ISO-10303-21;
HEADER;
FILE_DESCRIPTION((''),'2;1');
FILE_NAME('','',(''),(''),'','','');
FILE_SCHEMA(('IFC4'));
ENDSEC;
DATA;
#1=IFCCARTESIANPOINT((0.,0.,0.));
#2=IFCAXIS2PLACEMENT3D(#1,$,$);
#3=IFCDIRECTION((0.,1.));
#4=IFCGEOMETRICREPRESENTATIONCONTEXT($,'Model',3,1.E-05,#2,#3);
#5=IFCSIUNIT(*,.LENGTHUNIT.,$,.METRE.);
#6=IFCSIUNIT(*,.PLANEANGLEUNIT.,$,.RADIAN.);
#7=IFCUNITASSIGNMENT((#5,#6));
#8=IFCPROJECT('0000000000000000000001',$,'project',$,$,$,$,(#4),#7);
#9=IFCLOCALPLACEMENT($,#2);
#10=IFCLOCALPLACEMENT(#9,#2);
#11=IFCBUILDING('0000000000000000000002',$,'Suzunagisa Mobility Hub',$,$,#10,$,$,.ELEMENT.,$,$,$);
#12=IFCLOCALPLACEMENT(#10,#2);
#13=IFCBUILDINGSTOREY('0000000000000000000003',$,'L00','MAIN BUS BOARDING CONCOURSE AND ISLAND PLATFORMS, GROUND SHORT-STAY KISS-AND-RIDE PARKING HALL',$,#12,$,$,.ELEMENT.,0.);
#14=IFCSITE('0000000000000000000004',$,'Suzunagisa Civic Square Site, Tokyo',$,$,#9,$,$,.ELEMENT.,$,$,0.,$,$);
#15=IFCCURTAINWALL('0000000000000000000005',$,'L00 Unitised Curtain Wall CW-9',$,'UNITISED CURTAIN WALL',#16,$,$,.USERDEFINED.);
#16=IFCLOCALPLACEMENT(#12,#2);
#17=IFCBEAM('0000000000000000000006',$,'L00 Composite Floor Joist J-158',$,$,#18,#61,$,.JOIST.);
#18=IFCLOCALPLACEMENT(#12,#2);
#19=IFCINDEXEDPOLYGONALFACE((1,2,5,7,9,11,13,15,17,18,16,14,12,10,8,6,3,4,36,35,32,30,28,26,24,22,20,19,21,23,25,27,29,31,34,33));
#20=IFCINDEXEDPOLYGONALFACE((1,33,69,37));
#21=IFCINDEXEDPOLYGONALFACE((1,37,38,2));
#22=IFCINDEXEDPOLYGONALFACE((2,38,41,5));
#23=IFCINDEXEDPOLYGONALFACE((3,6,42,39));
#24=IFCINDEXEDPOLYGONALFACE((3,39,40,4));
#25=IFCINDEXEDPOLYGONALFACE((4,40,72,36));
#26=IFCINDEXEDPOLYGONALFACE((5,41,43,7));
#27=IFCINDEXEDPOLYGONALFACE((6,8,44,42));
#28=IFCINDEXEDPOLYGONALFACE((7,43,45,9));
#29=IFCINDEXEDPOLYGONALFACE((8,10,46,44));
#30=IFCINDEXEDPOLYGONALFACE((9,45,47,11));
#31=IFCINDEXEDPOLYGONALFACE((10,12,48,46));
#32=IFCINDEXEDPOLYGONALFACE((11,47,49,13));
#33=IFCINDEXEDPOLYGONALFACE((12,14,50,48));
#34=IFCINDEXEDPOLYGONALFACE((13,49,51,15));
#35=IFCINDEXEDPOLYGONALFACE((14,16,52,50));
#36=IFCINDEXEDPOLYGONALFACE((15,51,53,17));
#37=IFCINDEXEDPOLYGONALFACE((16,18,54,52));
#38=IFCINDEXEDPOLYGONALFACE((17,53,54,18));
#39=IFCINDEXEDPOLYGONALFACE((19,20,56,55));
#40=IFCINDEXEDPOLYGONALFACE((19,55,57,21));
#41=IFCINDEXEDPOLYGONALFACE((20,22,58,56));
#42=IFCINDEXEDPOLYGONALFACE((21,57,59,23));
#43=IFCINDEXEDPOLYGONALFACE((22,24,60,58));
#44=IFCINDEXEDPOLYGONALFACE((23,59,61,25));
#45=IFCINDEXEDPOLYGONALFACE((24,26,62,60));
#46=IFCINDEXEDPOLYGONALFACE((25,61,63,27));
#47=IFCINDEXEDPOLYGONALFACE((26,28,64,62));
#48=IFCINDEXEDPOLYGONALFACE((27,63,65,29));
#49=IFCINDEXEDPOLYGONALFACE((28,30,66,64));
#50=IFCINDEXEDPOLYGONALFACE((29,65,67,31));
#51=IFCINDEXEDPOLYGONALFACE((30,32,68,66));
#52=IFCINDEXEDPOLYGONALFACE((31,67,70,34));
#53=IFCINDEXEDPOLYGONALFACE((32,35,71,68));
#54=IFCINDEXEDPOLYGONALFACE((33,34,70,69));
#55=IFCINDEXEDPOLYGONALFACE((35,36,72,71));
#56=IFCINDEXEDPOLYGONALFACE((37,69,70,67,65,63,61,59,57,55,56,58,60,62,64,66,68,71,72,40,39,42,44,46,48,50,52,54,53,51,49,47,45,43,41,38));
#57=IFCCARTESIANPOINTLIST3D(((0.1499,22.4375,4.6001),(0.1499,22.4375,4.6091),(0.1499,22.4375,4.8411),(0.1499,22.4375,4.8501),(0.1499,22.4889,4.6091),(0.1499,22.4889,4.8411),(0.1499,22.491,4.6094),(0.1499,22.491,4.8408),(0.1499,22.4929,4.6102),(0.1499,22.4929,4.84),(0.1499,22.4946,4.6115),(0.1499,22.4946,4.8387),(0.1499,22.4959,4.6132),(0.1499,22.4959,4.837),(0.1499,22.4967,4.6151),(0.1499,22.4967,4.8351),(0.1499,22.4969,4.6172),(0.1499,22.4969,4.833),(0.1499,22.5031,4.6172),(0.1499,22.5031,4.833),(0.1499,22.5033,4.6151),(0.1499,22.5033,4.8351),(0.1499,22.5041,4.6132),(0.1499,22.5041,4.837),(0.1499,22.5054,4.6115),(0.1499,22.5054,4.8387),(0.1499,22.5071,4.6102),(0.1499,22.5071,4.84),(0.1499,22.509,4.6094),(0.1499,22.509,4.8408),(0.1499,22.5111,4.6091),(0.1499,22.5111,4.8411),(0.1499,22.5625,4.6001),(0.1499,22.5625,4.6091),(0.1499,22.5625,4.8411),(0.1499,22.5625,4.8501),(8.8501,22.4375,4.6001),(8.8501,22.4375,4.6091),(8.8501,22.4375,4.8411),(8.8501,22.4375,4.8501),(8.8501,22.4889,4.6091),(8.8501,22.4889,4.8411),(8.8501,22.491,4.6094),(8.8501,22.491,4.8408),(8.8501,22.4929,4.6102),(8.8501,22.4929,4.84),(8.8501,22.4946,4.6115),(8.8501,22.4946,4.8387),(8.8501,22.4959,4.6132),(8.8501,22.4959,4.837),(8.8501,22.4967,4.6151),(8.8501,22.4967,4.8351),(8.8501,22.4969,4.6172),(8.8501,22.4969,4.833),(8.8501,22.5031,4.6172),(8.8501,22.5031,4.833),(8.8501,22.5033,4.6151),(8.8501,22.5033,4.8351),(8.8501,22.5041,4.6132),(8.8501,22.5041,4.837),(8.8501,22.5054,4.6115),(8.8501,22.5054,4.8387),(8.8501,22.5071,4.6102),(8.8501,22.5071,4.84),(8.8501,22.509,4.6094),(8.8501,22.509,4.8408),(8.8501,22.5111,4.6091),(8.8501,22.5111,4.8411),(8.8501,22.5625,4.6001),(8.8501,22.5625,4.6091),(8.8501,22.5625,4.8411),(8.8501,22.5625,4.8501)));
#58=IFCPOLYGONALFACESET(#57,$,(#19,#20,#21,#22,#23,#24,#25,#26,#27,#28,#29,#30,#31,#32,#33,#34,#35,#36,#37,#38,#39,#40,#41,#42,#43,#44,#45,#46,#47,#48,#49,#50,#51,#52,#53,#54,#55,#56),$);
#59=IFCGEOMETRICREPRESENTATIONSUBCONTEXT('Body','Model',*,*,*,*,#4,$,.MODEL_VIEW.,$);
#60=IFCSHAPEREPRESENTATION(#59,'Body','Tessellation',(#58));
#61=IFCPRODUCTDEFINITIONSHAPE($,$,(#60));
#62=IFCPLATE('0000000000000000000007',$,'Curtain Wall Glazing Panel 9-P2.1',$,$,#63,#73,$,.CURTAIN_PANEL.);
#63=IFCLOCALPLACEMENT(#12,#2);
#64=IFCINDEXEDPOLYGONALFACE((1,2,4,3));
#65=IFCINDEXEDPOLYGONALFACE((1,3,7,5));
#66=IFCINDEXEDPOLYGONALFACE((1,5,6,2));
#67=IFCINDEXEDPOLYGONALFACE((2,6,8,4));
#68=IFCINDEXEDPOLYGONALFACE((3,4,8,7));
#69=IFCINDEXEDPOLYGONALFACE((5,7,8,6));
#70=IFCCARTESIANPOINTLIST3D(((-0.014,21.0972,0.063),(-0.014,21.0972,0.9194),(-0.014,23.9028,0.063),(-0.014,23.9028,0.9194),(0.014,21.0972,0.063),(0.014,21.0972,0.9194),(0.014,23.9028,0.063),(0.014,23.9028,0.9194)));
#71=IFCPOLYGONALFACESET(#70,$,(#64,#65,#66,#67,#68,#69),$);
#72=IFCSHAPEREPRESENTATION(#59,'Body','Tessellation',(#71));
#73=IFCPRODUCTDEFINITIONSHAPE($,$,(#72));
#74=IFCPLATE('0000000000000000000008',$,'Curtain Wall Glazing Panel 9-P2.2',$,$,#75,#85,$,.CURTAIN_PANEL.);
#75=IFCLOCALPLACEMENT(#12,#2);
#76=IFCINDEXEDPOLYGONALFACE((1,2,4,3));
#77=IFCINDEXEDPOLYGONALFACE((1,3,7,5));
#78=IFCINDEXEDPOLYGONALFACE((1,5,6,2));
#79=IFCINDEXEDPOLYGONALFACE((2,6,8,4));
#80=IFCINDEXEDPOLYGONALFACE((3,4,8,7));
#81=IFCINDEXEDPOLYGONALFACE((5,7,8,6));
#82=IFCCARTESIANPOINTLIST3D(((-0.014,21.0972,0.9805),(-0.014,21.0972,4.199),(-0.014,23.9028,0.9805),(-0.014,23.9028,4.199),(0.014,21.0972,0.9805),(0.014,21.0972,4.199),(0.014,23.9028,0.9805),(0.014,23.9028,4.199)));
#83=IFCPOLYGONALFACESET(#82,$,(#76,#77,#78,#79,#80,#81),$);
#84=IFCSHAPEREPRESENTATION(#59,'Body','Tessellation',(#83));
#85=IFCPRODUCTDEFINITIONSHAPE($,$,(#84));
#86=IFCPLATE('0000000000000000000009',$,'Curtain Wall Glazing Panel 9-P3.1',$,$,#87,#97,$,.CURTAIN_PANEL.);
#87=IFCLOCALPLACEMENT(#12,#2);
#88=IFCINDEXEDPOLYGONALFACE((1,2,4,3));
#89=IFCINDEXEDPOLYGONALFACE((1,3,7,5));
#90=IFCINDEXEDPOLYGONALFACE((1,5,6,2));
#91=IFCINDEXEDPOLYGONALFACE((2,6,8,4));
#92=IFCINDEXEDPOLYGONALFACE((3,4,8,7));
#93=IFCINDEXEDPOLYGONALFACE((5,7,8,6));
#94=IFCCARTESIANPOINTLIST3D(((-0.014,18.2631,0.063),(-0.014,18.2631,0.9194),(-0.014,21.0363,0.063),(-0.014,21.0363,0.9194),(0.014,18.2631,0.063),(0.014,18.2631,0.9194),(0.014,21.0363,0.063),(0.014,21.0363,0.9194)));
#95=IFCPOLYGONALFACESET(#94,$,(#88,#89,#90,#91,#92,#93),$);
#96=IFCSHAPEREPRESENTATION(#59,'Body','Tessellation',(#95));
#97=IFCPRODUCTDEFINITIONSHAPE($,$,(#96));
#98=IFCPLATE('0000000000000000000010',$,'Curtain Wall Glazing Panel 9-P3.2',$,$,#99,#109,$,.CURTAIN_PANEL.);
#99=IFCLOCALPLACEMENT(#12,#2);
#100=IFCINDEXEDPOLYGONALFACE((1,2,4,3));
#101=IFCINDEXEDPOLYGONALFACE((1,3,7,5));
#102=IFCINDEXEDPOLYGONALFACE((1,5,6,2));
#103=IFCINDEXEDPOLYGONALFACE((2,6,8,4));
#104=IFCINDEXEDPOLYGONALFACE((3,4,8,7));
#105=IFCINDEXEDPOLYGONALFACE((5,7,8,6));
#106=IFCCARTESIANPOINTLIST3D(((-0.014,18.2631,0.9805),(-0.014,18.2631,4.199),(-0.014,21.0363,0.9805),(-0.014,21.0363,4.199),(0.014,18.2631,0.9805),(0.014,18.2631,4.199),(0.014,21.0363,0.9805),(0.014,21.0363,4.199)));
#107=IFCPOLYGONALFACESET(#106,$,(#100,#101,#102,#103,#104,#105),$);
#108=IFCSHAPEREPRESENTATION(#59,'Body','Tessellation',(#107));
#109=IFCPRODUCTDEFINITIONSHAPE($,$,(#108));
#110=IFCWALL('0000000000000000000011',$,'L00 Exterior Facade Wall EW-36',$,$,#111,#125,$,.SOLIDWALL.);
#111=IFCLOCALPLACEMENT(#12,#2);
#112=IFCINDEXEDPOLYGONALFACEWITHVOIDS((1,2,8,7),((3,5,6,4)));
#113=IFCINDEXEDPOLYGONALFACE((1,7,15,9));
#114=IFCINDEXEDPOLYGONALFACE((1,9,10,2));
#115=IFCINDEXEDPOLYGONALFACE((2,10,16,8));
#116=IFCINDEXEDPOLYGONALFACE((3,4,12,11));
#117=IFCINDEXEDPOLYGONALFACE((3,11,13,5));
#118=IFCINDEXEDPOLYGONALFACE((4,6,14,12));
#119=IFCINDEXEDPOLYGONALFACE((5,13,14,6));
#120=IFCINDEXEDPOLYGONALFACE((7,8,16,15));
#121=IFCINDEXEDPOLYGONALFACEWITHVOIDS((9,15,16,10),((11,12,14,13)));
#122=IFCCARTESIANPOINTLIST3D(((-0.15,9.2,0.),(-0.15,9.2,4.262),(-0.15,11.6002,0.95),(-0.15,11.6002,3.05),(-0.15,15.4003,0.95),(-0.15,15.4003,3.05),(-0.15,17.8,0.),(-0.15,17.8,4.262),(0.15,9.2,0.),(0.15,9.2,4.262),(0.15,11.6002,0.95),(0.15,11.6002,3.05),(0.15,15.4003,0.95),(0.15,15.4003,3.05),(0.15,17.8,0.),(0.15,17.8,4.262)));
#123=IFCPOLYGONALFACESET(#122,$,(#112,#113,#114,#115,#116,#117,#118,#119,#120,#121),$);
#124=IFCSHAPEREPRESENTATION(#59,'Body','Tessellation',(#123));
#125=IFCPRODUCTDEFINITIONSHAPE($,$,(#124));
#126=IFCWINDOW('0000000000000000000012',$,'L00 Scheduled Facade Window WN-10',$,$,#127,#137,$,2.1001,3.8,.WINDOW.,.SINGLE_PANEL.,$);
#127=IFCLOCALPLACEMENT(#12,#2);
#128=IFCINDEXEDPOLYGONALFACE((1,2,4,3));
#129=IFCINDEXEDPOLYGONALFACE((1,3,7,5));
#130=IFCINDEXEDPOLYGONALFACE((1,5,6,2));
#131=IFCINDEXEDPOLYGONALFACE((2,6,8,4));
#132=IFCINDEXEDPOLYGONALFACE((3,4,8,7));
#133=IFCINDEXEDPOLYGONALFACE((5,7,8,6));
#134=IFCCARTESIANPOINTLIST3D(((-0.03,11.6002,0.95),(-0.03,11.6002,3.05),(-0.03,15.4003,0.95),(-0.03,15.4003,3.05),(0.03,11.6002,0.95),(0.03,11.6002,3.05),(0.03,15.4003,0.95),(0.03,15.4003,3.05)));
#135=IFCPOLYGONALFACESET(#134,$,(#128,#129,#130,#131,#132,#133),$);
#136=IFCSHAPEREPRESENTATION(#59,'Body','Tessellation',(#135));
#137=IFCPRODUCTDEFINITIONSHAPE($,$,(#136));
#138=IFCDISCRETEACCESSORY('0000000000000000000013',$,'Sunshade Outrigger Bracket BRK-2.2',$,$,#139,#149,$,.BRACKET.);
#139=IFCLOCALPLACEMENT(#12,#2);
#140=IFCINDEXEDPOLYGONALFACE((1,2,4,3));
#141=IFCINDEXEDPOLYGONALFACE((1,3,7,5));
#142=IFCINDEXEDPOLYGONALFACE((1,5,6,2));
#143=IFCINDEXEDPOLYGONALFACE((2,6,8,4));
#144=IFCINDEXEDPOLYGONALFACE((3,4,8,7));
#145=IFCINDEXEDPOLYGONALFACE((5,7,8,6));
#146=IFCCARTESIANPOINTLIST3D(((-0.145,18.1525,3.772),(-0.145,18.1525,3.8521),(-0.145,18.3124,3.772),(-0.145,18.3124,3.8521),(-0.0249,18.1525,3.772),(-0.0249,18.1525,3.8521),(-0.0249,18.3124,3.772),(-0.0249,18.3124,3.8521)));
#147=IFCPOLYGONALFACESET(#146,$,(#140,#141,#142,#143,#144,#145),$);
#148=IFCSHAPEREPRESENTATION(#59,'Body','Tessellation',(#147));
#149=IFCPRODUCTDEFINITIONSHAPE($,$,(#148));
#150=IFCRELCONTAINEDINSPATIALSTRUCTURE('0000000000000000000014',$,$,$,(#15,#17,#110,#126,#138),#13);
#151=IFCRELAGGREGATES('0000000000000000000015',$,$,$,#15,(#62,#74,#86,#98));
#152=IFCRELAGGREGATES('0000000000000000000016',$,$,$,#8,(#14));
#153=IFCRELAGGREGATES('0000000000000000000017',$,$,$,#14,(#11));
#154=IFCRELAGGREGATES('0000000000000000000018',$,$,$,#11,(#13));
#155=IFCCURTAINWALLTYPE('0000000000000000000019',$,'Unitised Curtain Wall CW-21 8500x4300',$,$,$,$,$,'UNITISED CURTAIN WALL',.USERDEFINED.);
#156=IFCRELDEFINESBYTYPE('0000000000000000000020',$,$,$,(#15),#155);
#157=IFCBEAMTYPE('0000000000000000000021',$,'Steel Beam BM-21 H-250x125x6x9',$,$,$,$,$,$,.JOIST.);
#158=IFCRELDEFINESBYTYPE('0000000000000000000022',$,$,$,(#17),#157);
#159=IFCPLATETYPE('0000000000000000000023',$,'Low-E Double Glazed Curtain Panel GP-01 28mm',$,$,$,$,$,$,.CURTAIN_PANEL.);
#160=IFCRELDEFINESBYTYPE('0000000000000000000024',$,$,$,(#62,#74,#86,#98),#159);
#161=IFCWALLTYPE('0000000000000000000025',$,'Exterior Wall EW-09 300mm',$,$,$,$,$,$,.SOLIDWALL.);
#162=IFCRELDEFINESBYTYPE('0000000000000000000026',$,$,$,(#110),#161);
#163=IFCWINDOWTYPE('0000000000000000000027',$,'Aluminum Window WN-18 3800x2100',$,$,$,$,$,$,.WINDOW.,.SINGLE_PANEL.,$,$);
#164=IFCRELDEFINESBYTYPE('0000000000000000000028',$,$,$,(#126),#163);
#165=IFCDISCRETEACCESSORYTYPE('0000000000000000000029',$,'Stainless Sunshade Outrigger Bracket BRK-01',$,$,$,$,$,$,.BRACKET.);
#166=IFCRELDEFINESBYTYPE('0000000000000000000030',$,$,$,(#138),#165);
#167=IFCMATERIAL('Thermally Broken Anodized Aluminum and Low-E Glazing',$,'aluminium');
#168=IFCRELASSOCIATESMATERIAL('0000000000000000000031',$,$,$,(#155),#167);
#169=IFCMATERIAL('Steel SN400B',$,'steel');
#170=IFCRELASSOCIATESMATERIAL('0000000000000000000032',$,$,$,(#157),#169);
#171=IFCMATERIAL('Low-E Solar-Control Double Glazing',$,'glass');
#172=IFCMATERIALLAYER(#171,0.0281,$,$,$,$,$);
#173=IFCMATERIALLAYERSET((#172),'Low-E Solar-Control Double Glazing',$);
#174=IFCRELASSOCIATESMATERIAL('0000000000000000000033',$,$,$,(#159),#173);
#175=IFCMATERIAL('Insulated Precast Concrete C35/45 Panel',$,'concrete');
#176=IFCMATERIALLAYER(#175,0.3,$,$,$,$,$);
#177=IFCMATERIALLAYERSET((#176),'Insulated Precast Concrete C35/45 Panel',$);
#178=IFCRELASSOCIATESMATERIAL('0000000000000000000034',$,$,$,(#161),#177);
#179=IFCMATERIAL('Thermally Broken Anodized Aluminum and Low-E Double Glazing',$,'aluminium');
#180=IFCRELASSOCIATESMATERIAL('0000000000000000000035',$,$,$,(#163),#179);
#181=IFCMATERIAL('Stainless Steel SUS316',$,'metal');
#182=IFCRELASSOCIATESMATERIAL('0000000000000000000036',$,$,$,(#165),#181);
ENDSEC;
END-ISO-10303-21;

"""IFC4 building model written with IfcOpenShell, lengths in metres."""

from ifc_helpers import new_model, si_unit, direction, frame, frame_2d, origin, origin_2d, place, context, subcontext, project, spatial, rectangle, i_section, extrude, material, layer, layer_set, material_profile, profile_set, type_object, element, fill, aggregate, save


model = new_model("IFC4")

# Units and contexts
model_context = context("Model", 3, precision=1e-05, world=origin(), true_north=direction((0.0, 1.0)))
body_context = subcontext(model_context, "Body", "Model", "MODEL_VIEW")
ifc_project = project(units=[si_unit("LENGTHUNIT", "METRE"), si_unit("PLANEANGLEUNIT", "RADIAN")], contexts=[model_context])

# Site, building, storey
site_placement = place(None, origin())
site = spatial("IfcSite", under=ifc_project, at=site_placement, Name="Suzunagisa Civic Square Site, Tokyo", CompositionType="ELEMENT", RefElevation=0.0)
building_placement = place(site_placement, origin())
building = spatial("IfcBuilding", under=site, at=building_placement, Name="Suzunagisa Mobility Hub", CompositionType="ELEMENT")
storey_placement = place(building_placement, origin())
storey = spatial("IfcBuildingStorey", under=building, at=storey_placement, Name="L00", Description="MAIN BUS BOARDING CONCOURSE AND ISLAND PLATFORMS, GROUND SHORT-STAY KISS-AND-RIDE PARKING HALL", CompositionType="ELEMENT", Elevation=0.0)

# Curtain wall
ifc_material_1 = material(Name="Thermally Broken Anodized Aluminum and Low-E Glazing", Category="aluminium")
curtain_wall_type = type_object("IfcCurtainWallType", Name="Unitised Curtain Wall CW-21 8500x4300", ElementType="UNITISED CURTAIN WALL", PredefinedType="USERDEFINED", material=ifc_material_1)
curtain_wall_placement = place(storey_placement, origin())
curtain_wall = element("IfcCurtainWall", 1, at=curtain_wall_placement, inside=storey, type_object=curtain_wall_type, Name="L00 Unitised Curtain Wall CW-9", ObjectType="UNITISED CURTAIN WALL", PredefinedType="USERDEFINED")

# Beam
ifc_material_2 = material(Name="Steel SN400B", Category="steel")
ifc_material_profile_1 = material_profile(ifc_material_2, i_section(OverallWidth=0.125, OverallDepth=0.25, WebThickness=0.0061, FlangeThickness=0.009, FilletRadius=0.0081, at=origin_2d()), Name="H-250x125x6x9")
ifc_profile_set_1 = profile_set([ifc_material_profile_1], Name="Steel SN400B")
beam_type_1 = type_object("IfcBeamType", Name="Steel Beam BM-21 H-250x125x6x9", PredefinedType="JOIST", material=ifc_profile_set_1)
for number, where, z_axis, x_axis, name in (
    (2, (0.1499, 22.5, 4.7251), (1.0, 0.0, 0.0), (0.0, 1.0, 0.0), "L00 Composite Floor Joist J-158"),
):
    element("IfcBeam", number, at=place(storey_placement, frame(where, z_axis=z_axis, x_axis=x_axis)), inside=storey, type_object=beam_type_1, Name=name, PredefinedType="JOIST", context=body_context, shape_type="SweptSolid", body=[
        extrude(i_section(OverallWidth=0.125, OverallDepth=0.25, WebThickness=0.0061, FlangeThickness=0.009, FilletRadius=0.0081, at=origin_2d()), origin(), (0.0, 0.0, 1.0), 8.7002),
    ])

# Plates
ifc_material_3 = material(Name="Low-E Solar-Control Double Glazing", Category="glass")
ifc_layer_1 = layer(ifc_material_3, 0.0281)
ifc_layer_set_1 = layer_set([ifc_layer_1], Name="Low-E Solar-Control Double Glazing")
plate_type = type_object("IfcPlateType", Name="Low-E Double Glazed Curtain Panel GP-01 28mm", PredefinedType="CURTAIN_PANEL", material=ifc_layer_set_1)
plate_1_placement = place(storey_placement, frame((0.0, 22.5, 0.063), z_axis=(0.0, 0.0, 1.0), x_axis=(0.0, -1.0, 0.0)))
plate_1 = element("IfcPlate", 3, at=plate_1_placement, type_object=plate_type, Name="Curtain Wall Glazing Panel 9-P2.1", PredefinedType="CURTAIN_PANEL", context=body_context, shape_type="SweptSolid", body=[
    extrude(rectangle(XDim=2.8057, YDim=0.0281, at=origin_2d()), origin(), (0.0, 0.0, 1.0), 0.8564),
])
plate_2_placement = place(storey_placement, frame((0.0, 22.5, 0.9805), z_axis=(0.0, 0.0, 1.0), x_axis=(0.0, -1.0, 0.0)))
plate_2 = element("IfcPlate", 4, at=plate_2_placement, type_object=plate_type, Name="Curtain Wall Glazing Panel 9-P2.2", PredefinedType="CURTAIN_PANEL", context=body_context, shape_type="SweptSolid", body=[
    extrude(rectangle(XDim=2.8057, YDim=0.0281, at=origin_2d()), origin(), (0.0, 0.0, 1.0), 3.2185),
])
plate_3_placement = place(storey_placement, frame((0.0, 19.6497, 0.063), z_axis=(0.0, 0.0, 1.0), x_axis=(0.0, -1.0, 0.0)))
plate_3 = element("IfcPlate", 5, at=plate_3_placement, type_object=plate_type, Name="Curtain Wall Glazing Panel 9-P3.1", PredefinedType="CURTAIN_PANEL", context=body_context, shape_type="SweptSolid", body=[
    extrude(rectangle(XDim=2.7732, YDim=0.0281, at=origin_2d()), origin(), (0.0, 0.0, 1.0), 0.8564),
])
plate_4_placement = place(storey_placement, frame((0.0, 19.6497, 0.9805), z_axis=(0.0, 0.0, 1.0), x_axis=(0.0, -1.0, 0.0)))
plate_4 = element("IfcPlate", 6, at=plate_4_placement, type_object=plate_type, Name="Curtain Wall Glazing Panel 9-P3.2", PredefinedType="CURTAIN_PANEL", context=body_context, shape_type="SweptSolid", body=[
    extrude(rectangle(XDim=2.7732, YDim=0.0281, at=origin_2d()), origin(), (0.0, 0.0, 1.0), 3.2185),
])
aggregate(curtain_wall, [plate_1, plate_2, plate_3, plate_4])

# Wall, opening, window
ifc_material_4 = material(Name="Insulated Precast Concrete C35/45 Panel", Category="concrete")
ifc_layer_2 = layer(ifc_material_4, 0.3)
ifc_layer_set_2 = layer_set([ifc_layer_2], Name="Insulated Precast Concrete C35/45 Panel")
wall_type = type_object("IfcWallType", Name="Exterior Wall EW-09 300mm", PredefinedType="SOLIDWALL", material=ifc_layer_set_2)
wall_placement = place(storey_placement, frame((0.0, 17.8, 0.0), z_axis=(0.0, 0.0, 1.0), x_axis=(0.0, -1.0, 0.0)))
wall = element("IfcWall", 7, at=wall_placement, inside=storey, type_object=wall_type, Name="L00 Exterior Facade Wall EW-36", PredefinedType="SOLIDWALL", context=body_context, shape_type="SweptSolid", body=[
    extrude(rectangle(XDim=8.6001, YDim=0.3, at=frame_2d((4.3, 0.0))), origin(), (0.0, 0.0, 1.0), 4.262),
])
opening_placement = place(wall_placement, frame((2.3999, 0.0, 0.95)))
opening = element("IfcOpeningElement", 8, at=opening_placement, cuts=wall, PredefinedType="OPENING", context=body_context, shape_type="SweptSolid", body=[
    extrude(rectangle(XDim=3.8, YDim=2.1001, at=frame_2d((1.8999, 1.05))), frame((0.0, 0.1611, 0.0), z_axis=(0.0, -1.0, 0.0), x_axis=(1.0, 0.0, 0.0)), (0.0, 0.0, 1.0), 0.322),
])
ifc_material_5 = material(Name="Thermally Broken Anodized Aluminum and Low-E Double Glazing", Category="aluminium")
window_type = type_object("IfcWindowType", Name="Aluminum Window WN-18 3800x2100", PartitioningType="SINGLE_PANEL", PredefinedType="WINDOW", material=ifc_material_5)
window_placement = place(opening_placement, origin())
window = element("IfcWindow", 9, at=window_placement, inside=storey, type_object=window_type, Name="L00 Scheduled Facade Window WN-10", OverallHeight=2.1001, OverallWidth=3.8, PartitioningType="SINGLE_PANEL", PredefinedType="WINDOW", context=body_context, shape_type="SweptSolid", body=[
    extrude(rectangle(XDim=3.8, YDim=2.1001, at=frame_2d((1.8999, 1.05))), frame((0.0, 0.03, 0.0), z_axis=(0.0, -1.0, 0.0), x_axis=(1.0, 0.0, 0.0)), (0.0, 0.0, 1.0), 0.0601),
])
fill(opening, window)

# Discrete accessory
ifc_material_6 = material(Name="Stainless Steel SUS316", Category="metal")
discrete_accessory_type = type_object("IfcDiscreteAccessoryType", Name="Stainless Sunshade Outrigger Bracket BRK-01", PredefinedType="BRACKET", material=ifc_material_6)
discrete_accessory_placement = place(storey_placement, frame((-0.085, 18.2324, 3.772), z_axis=(0.0, 0.0, 1.0), x_axis=(0.0, -1.0, 0.0)))
element("IfcDiscreteAccessory", 10, at=discrete_accessory_placement, inside=storey, type_object=discrete_accessory_type, Name="Sunshade Outrigger Bracket BRK-2.2", PredefinedType="BRACKET", context=body_context, shape_type="SweptSolid", body=[
    extrude(rectangle(XDim=0.1599, YDim=0.1201, at=origin_2d()), origin(), (0.0, 0.0, 1.0), 0.0801),
])

save(model, "model.ifc")
